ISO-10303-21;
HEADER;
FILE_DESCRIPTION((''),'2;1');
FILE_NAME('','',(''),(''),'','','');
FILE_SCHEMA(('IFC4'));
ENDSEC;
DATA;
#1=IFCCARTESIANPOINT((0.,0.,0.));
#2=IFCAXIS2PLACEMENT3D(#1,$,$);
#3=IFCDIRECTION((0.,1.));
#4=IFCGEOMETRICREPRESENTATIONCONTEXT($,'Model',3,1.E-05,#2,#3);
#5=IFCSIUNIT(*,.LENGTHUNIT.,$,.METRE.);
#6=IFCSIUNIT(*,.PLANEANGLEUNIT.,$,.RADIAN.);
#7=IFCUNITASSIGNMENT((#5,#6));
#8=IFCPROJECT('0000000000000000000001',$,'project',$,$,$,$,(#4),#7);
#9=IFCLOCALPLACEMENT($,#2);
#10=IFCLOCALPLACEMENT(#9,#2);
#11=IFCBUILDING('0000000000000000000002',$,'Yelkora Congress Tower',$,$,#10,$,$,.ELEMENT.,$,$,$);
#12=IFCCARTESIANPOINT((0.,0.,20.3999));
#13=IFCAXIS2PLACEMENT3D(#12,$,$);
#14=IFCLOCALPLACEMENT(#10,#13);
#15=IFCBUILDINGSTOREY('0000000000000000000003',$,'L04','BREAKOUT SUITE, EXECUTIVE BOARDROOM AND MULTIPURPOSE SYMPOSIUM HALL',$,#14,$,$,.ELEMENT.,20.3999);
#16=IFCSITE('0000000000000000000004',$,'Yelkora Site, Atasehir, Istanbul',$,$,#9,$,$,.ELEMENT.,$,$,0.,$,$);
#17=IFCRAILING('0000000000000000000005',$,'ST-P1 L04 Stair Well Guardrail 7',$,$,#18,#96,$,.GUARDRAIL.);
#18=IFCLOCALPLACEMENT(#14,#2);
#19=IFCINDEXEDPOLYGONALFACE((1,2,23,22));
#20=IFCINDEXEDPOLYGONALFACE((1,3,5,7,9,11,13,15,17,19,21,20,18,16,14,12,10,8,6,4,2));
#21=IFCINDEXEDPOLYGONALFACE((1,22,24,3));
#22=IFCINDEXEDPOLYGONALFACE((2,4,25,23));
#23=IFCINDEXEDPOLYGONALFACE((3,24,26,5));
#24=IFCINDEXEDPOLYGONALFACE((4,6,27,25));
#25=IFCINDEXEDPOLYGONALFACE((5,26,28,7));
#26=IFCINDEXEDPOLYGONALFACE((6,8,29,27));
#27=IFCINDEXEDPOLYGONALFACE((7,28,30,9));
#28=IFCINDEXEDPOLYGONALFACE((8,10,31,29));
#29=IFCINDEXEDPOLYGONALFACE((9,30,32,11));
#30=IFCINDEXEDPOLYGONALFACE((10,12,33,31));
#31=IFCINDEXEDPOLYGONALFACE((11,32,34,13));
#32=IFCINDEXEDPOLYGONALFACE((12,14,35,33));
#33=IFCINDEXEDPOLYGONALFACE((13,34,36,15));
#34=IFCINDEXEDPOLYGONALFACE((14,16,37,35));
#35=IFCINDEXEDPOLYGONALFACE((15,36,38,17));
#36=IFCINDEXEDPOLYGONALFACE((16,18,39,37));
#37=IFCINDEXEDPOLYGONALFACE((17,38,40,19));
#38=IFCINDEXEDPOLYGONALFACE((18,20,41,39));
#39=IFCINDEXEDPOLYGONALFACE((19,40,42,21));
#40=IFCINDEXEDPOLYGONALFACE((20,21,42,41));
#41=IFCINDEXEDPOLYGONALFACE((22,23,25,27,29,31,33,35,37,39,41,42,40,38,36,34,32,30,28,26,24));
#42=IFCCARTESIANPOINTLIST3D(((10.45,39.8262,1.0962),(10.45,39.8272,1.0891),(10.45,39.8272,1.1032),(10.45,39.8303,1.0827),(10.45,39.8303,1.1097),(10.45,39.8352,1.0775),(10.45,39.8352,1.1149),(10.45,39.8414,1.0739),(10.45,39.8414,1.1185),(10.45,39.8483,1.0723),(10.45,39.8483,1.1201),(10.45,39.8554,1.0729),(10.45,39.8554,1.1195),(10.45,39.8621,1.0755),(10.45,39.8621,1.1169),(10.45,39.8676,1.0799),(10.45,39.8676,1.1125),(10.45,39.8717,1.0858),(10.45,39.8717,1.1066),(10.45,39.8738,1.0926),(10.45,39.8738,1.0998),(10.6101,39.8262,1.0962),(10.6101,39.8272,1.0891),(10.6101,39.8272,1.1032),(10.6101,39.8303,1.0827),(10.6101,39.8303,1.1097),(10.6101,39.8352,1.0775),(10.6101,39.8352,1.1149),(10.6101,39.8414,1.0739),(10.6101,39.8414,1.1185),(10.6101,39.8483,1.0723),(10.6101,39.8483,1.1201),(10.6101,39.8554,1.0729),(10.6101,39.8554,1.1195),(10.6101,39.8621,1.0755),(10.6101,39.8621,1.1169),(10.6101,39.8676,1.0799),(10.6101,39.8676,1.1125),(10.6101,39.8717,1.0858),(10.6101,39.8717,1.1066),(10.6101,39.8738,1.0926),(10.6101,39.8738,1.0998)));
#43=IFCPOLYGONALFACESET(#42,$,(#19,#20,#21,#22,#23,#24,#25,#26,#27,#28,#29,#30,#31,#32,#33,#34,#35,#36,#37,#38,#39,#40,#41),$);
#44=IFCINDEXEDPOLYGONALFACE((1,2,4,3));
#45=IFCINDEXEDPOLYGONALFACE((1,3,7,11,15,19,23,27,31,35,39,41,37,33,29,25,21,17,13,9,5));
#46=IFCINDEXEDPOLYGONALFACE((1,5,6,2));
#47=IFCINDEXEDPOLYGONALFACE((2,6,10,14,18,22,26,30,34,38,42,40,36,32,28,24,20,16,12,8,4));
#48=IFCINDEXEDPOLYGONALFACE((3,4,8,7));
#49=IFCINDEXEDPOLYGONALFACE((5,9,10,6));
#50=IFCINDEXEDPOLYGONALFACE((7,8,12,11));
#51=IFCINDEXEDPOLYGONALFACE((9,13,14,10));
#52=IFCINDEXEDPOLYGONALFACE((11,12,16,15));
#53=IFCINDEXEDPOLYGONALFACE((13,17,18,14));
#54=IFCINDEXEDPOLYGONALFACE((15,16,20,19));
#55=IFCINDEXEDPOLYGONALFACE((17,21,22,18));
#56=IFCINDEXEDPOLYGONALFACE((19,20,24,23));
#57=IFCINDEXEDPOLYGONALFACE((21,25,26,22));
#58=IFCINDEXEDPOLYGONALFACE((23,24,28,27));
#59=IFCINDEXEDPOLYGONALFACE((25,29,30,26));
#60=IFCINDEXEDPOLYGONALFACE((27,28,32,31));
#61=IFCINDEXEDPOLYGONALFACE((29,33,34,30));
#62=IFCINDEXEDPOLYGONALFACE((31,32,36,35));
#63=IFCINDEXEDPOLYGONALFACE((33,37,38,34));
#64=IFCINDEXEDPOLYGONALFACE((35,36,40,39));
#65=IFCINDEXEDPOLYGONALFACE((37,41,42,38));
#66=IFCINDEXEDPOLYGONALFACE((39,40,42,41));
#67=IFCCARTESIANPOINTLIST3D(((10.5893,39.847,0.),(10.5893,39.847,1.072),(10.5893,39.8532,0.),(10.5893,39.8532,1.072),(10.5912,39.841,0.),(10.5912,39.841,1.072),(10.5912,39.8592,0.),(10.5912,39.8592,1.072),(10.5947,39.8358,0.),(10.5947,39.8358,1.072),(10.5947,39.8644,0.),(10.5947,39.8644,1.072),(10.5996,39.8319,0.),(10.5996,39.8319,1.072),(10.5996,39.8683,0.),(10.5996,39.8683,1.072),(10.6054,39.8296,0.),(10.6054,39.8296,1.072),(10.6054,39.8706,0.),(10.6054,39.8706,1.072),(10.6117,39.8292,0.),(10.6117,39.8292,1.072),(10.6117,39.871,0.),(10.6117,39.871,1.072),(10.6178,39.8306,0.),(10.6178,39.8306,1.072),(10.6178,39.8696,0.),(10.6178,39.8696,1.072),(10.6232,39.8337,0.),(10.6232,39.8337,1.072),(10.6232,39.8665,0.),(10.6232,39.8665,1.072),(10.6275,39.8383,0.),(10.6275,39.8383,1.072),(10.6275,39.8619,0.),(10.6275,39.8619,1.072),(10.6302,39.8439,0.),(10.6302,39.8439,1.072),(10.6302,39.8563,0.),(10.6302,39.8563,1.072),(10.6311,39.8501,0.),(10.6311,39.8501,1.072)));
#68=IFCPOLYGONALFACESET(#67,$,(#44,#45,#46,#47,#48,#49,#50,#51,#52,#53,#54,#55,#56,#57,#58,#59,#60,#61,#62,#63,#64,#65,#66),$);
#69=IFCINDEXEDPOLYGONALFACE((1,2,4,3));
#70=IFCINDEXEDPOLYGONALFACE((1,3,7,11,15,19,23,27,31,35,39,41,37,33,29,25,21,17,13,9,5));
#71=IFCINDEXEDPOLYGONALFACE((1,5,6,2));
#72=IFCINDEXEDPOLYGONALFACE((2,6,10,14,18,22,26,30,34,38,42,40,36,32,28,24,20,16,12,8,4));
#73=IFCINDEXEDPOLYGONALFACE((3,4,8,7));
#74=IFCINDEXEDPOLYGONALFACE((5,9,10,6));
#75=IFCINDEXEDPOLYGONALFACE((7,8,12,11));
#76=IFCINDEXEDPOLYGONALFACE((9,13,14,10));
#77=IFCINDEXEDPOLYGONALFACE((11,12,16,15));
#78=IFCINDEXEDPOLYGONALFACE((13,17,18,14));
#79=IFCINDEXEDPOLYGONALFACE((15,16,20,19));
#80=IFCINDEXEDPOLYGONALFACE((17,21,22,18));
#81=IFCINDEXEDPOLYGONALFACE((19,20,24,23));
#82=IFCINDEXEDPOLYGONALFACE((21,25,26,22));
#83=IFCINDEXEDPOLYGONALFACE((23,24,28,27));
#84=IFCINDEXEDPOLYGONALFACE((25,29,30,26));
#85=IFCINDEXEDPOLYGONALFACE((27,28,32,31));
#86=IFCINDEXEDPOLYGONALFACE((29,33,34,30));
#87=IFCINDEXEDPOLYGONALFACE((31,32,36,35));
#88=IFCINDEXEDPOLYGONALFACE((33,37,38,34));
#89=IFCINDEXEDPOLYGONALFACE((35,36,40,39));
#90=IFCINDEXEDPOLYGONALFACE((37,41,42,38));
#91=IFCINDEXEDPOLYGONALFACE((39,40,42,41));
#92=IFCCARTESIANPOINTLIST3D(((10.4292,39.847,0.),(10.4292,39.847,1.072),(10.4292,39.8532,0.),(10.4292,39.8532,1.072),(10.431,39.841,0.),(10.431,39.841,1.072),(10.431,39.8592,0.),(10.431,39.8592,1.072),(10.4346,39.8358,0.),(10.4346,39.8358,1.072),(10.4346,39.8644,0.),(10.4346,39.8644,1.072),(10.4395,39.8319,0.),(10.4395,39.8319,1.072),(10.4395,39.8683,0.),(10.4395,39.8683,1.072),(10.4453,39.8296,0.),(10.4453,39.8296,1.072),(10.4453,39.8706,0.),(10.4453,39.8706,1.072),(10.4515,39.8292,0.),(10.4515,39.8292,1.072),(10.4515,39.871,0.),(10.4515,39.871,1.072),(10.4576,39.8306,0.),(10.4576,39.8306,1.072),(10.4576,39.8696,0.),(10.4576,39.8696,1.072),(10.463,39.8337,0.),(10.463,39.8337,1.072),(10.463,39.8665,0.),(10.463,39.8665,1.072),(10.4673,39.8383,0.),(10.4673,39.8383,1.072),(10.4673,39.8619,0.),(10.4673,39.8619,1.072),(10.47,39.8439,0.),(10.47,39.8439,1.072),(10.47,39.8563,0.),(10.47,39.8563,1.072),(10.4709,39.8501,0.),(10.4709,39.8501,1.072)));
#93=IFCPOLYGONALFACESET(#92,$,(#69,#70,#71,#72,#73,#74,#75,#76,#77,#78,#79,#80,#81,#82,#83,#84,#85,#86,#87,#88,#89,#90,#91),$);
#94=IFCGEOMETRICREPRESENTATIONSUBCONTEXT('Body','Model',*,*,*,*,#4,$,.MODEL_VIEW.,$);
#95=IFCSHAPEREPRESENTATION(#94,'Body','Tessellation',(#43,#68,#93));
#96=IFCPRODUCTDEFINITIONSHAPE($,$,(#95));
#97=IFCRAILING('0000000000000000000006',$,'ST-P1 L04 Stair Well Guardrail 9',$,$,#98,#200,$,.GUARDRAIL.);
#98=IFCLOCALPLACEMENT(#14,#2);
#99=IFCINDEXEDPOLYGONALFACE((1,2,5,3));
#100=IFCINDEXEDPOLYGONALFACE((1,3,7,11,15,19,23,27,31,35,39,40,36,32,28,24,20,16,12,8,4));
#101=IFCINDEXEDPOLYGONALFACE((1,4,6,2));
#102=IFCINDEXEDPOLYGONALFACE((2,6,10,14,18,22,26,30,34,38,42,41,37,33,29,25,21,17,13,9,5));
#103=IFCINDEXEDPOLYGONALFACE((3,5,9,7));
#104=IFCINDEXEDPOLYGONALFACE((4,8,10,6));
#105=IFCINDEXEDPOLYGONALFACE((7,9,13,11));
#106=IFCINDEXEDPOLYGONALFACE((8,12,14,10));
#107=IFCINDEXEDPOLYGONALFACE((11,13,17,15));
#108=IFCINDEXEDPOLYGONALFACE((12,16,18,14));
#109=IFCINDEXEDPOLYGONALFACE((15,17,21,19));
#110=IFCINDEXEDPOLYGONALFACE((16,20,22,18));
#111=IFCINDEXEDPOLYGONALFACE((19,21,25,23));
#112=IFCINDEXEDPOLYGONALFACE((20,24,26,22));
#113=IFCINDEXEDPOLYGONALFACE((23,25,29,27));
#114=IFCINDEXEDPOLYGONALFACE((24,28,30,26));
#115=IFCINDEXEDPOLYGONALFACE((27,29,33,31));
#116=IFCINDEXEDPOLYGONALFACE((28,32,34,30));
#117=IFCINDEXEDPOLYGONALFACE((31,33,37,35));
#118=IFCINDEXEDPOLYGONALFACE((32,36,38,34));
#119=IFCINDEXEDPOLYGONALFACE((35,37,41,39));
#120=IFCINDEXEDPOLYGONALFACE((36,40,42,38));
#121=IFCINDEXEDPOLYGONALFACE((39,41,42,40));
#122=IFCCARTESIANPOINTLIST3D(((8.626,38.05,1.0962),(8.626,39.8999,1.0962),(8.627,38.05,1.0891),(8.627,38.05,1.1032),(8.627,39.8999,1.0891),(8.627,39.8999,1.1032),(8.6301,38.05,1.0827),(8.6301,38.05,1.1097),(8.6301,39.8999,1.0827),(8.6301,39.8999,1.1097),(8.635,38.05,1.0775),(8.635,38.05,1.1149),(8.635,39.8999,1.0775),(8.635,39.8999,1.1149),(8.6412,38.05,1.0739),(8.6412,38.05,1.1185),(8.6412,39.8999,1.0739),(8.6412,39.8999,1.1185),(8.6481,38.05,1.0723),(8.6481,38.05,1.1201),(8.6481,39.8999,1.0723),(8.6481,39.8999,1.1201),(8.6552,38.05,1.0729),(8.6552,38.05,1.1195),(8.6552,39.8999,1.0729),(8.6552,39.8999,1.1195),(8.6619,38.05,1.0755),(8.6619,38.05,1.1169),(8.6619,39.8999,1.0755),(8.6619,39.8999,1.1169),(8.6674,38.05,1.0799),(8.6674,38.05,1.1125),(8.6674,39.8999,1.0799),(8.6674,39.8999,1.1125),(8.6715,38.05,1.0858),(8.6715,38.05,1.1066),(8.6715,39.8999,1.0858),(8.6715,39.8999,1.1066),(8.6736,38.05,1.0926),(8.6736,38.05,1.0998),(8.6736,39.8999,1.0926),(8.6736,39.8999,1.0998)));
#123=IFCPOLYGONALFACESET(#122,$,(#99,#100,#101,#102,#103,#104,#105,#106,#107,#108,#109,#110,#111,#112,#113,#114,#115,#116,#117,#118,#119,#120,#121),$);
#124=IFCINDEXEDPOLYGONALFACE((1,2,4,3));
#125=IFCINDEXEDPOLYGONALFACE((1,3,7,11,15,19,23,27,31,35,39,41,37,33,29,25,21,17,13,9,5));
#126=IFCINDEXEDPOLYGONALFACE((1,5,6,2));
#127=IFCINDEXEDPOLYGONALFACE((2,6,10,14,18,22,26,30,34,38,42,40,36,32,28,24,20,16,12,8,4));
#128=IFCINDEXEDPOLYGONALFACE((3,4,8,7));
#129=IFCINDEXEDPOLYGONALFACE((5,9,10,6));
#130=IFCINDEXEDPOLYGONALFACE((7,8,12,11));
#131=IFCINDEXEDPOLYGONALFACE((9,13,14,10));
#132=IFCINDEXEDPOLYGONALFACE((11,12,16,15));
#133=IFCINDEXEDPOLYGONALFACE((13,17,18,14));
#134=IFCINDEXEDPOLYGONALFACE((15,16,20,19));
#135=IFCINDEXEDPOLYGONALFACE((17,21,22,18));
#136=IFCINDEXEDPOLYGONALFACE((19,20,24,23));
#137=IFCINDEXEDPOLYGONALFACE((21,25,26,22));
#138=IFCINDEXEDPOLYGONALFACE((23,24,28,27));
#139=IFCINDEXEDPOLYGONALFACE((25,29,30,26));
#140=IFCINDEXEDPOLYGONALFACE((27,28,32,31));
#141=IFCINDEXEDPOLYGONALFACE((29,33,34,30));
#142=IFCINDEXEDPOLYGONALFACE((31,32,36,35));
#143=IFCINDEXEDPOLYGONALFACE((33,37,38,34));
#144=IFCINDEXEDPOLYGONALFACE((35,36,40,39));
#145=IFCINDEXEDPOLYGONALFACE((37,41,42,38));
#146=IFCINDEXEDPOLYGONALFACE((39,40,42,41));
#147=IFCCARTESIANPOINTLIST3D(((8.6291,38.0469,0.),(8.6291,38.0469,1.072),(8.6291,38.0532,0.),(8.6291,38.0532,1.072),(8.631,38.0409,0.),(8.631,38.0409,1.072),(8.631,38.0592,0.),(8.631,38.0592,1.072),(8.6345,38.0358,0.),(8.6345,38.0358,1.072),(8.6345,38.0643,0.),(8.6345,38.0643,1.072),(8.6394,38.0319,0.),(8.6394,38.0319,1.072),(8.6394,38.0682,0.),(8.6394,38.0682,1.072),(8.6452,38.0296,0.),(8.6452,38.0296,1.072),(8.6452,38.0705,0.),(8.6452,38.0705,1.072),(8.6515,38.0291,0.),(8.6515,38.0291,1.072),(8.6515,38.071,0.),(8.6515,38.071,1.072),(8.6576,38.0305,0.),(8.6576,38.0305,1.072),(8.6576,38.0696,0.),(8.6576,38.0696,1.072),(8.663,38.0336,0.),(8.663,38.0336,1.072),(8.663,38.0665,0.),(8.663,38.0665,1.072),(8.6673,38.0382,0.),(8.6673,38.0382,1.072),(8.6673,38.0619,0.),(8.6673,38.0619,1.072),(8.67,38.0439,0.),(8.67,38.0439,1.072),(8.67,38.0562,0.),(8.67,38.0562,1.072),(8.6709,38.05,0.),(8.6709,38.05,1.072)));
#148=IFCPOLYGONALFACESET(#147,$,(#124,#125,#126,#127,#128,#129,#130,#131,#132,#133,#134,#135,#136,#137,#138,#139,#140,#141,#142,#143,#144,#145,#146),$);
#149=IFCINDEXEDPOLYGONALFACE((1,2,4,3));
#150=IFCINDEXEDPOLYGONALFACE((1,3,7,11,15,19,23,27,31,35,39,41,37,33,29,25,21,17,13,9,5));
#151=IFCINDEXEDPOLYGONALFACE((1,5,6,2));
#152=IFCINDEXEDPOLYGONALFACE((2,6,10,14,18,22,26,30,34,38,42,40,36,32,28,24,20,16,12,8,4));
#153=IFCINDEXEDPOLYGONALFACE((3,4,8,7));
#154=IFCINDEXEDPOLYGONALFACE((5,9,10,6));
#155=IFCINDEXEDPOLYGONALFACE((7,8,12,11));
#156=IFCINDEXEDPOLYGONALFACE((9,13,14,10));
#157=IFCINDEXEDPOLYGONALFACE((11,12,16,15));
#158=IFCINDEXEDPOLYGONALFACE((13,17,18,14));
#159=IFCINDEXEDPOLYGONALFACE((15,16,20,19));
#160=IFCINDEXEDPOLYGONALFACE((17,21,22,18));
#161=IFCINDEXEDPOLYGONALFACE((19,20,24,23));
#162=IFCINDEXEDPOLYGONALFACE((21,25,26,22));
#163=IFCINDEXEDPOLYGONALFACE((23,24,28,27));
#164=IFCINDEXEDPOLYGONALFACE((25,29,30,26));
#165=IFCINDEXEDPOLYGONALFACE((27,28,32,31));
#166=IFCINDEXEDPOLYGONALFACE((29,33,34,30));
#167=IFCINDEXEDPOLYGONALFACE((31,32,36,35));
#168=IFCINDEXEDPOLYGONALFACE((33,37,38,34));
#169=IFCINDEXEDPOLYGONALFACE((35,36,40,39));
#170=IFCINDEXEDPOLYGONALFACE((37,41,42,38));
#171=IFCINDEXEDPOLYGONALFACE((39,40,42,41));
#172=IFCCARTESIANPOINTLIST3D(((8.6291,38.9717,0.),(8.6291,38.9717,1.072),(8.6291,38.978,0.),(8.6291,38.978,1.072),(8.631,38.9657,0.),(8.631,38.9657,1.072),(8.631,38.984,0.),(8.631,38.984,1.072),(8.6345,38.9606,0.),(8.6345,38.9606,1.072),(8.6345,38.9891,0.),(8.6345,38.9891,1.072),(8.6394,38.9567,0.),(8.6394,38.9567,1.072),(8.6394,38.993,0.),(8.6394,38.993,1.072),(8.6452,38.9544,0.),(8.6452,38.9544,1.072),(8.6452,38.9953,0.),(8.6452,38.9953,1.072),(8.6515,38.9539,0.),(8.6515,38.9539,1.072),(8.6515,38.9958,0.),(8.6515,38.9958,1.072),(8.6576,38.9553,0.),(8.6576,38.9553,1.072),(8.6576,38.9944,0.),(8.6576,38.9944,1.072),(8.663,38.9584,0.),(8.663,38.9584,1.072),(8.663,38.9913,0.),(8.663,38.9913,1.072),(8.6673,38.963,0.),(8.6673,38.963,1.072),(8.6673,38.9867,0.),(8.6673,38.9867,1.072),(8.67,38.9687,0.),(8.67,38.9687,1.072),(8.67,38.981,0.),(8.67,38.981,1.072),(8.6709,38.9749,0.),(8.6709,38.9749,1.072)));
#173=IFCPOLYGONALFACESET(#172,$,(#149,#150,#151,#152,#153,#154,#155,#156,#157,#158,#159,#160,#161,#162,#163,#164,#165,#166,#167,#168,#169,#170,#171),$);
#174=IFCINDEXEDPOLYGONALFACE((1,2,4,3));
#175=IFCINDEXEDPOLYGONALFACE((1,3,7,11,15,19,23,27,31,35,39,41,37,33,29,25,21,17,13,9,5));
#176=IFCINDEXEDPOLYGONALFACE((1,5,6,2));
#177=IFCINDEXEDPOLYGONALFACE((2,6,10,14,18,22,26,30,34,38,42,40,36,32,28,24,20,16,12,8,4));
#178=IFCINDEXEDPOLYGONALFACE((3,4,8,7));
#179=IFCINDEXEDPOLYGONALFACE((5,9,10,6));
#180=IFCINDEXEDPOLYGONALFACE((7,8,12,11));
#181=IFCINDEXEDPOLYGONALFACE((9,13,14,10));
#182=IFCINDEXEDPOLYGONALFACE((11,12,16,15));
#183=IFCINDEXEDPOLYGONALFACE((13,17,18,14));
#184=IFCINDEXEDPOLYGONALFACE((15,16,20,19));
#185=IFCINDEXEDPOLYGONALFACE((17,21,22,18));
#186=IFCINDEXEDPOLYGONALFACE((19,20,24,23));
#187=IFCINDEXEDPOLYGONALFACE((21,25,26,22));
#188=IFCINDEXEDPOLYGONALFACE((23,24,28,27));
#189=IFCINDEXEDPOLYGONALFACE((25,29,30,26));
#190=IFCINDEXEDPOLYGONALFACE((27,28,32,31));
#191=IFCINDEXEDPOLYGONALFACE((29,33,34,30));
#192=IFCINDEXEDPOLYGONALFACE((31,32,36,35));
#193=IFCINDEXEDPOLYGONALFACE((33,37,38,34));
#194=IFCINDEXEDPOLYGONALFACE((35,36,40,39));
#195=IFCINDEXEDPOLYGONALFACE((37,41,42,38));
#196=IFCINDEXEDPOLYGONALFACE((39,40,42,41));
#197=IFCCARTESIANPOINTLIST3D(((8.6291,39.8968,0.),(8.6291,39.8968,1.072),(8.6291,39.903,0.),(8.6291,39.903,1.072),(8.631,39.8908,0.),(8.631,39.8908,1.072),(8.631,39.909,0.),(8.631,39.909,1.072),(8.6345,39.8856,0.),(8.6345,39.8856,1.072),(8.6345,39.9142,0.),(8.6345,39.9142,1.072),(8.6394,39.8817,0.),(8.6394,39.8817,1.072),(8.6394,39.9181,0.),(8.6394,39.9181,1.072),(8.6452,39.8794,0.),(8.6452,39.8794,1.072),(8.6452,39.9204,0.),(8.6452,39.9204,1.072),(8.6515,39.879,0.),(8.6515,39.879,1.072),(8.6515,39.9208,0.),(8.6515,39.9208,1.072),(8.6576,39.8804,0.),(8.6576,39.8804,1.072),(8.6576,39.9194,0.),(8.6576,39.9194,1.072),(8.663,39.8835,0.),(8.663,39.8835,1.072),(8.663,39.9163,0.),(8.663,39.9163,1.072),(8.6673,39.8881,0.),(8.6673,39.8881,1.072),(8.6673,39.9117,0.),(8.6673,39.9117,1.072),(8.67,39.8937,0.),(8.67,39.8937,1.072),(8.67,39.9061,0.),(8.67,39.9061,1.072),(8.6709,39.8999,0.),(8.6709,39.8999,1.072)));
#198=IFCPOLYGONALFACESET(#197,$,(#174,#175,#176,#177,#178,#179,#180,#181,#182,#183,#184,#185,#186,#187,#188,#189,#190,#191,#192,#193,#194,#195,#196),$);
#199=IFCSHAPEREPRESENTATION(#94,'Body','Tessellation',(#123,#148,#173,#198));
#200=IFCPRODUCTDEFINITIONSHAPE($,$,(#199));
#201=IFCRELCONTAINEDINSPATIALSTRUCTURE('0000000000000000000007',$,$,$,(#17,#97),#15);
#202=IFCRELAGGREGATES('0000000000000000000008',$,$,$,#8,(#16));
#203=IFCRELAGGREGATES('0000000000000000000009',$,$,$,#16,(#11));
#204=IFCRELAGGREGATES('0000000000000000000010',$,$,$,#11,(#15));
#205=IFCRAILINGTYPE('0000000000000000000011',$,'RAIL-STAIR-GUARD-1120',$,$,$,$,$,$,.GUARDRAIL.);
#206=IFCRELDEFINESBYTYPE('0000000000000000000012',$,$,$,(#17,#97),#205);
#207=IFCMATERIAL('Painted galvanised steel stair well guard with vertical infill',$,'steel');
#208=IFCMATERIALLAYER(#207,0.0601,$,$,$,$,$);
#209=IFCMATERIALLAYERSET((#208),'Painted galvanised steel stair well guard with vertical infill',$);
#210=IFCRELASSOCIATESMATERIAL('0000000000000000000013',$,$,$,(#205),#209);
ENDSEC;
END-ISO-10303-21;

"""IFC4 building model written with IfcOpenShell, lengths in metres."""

from ifc_helpers import new_model, si_unit, direction, frame, origin, origin_2d, place, context, subcontext, project, spatial, circle, extrude, material, layer, layer_set, type_object, element, save


model = new_model("IFC4")

# Units and contexts
model_context = context("Model", 3, precision=1e-05, world=origin(), true_north=direction((0.0, 1.0)))
body_context = subcontext(model_context, "Body", "Model", "MODEL_VIEW")
ifc_project = project(units=[si_unit("LENGTHUNIT", "METRE"), si_unit("PLANEANGLEUNIT", "RADIAN")], contexts=[model_context])

# Site, building, storey
site_placement = place(None, origin())
site = spatial("IfcSite", under=ifc_project, at=site_placement, Name="Yelkora Site, Atasehir, Istanbul", CompositionType="ELEMENT", RefElevation=0.0)
building_placement = place(site_placement, origin())
building = spatial("IfcBuilding", under=site, at=building_placement, Name="Yelkora Congress Tower", CompositionType="ELEMENT")
storey_placement = place(building_placement, frame((0.0, 0.0, 20.3999)))
storey = spatial("IfcBuildingStorey", under=building, at=storey_placement, Name="L04", Description="BREAKOUT SUITE, EXECUTIVE BOARDROOM AND MULTIPURPOSE SYMPOSIUM HALL", CompositionType="ELEMENT", Elevation=20.3999)

# Railings
ifc_material_1 = material(Name="Painted galvanised steel stair well guard with vertical infill", Category="steel")
ifc_layer_1 = layer(ifc_material_1, 0.0601)
ifc_layer_set_1 = layer_set([ifc_layer_1], Name="Painted galvanised steel stair well guard with vertical infill")
railing_type_1 = type_object("IfcRailingType", Name="RAIL-STAIR-GUARD-1120", PredefinedType="GUARDRAIL", material=ifc_layer_set_1)
railing_1_placement = place(storey_placement, frame((10.6101, 39.8501, 0.0)))
element("IfcRailing", 1, at=railing_1_placement, inside=storey, type_object=railing_type_1, Name="ST-P1 L04 Stair Well Guardrail 7", PredefinedType="GUARDRAIL", context=body_context, shape_type="SweptSolid", body=[
    extrude(circle(Radius=0.0239, at=origin_2d()), frame((0.0, 0.0, 1.0962), z_axis=(-1.0, 0.0, 0.0), x_axis=(0.0, -1.0, 0.0)), (0.0, 0.0, 1.0), 0.1602),
    extrude(circle(Radius=0.021, at=origin_2d()), origin(), (0.0, 0.0, 1.0), 1.072),
    extrude(circle(Radius=0.021, at=origin_2d()), frame((-0.1602, 0.0, 0.0)), (0.0, 0.0, 1.0), 1.072),
])
railing_2_placement = place(storey_placement, frame((8.6499, 38.05, 0.0)))
element("IfcRailing", 2, at=railing_2_placement, inside=storey, type_object=railing_type_1, Name="ST-P1 L04 Stair Well Guardrail 9", PredefinedType="GUARDRAIL", context=body_context, shape_type="SweptSolid", body=[
    extrude(circle(Radius=0.0239, at=origin_2d()), frame((0.0, 0.0, 1.0962), z_axis=(0.0, 1.0, 0.0), x_axis=(-1.0, 0.0, 0.0)), (0.0, 0.0, 1.0), 1.8499),
    extrude(circle(Radius=0.021, at=origin_2d()), origin(), (0.0, 0.0, 1.0), 1.072),
    extrude(circle(Radius=0.021, at=origin_2d()), frame((0.0, 0.9248, 0.0)), (0.0, 0.0, 1.0), 1.072),
    extrude(circle(Radius=0.021, at=origin_2d()), frame((0.0, 1.8499, 0.0)), (0.0, 0.0, 1.0), 1.072),
])

save(model, "model.ifc")
